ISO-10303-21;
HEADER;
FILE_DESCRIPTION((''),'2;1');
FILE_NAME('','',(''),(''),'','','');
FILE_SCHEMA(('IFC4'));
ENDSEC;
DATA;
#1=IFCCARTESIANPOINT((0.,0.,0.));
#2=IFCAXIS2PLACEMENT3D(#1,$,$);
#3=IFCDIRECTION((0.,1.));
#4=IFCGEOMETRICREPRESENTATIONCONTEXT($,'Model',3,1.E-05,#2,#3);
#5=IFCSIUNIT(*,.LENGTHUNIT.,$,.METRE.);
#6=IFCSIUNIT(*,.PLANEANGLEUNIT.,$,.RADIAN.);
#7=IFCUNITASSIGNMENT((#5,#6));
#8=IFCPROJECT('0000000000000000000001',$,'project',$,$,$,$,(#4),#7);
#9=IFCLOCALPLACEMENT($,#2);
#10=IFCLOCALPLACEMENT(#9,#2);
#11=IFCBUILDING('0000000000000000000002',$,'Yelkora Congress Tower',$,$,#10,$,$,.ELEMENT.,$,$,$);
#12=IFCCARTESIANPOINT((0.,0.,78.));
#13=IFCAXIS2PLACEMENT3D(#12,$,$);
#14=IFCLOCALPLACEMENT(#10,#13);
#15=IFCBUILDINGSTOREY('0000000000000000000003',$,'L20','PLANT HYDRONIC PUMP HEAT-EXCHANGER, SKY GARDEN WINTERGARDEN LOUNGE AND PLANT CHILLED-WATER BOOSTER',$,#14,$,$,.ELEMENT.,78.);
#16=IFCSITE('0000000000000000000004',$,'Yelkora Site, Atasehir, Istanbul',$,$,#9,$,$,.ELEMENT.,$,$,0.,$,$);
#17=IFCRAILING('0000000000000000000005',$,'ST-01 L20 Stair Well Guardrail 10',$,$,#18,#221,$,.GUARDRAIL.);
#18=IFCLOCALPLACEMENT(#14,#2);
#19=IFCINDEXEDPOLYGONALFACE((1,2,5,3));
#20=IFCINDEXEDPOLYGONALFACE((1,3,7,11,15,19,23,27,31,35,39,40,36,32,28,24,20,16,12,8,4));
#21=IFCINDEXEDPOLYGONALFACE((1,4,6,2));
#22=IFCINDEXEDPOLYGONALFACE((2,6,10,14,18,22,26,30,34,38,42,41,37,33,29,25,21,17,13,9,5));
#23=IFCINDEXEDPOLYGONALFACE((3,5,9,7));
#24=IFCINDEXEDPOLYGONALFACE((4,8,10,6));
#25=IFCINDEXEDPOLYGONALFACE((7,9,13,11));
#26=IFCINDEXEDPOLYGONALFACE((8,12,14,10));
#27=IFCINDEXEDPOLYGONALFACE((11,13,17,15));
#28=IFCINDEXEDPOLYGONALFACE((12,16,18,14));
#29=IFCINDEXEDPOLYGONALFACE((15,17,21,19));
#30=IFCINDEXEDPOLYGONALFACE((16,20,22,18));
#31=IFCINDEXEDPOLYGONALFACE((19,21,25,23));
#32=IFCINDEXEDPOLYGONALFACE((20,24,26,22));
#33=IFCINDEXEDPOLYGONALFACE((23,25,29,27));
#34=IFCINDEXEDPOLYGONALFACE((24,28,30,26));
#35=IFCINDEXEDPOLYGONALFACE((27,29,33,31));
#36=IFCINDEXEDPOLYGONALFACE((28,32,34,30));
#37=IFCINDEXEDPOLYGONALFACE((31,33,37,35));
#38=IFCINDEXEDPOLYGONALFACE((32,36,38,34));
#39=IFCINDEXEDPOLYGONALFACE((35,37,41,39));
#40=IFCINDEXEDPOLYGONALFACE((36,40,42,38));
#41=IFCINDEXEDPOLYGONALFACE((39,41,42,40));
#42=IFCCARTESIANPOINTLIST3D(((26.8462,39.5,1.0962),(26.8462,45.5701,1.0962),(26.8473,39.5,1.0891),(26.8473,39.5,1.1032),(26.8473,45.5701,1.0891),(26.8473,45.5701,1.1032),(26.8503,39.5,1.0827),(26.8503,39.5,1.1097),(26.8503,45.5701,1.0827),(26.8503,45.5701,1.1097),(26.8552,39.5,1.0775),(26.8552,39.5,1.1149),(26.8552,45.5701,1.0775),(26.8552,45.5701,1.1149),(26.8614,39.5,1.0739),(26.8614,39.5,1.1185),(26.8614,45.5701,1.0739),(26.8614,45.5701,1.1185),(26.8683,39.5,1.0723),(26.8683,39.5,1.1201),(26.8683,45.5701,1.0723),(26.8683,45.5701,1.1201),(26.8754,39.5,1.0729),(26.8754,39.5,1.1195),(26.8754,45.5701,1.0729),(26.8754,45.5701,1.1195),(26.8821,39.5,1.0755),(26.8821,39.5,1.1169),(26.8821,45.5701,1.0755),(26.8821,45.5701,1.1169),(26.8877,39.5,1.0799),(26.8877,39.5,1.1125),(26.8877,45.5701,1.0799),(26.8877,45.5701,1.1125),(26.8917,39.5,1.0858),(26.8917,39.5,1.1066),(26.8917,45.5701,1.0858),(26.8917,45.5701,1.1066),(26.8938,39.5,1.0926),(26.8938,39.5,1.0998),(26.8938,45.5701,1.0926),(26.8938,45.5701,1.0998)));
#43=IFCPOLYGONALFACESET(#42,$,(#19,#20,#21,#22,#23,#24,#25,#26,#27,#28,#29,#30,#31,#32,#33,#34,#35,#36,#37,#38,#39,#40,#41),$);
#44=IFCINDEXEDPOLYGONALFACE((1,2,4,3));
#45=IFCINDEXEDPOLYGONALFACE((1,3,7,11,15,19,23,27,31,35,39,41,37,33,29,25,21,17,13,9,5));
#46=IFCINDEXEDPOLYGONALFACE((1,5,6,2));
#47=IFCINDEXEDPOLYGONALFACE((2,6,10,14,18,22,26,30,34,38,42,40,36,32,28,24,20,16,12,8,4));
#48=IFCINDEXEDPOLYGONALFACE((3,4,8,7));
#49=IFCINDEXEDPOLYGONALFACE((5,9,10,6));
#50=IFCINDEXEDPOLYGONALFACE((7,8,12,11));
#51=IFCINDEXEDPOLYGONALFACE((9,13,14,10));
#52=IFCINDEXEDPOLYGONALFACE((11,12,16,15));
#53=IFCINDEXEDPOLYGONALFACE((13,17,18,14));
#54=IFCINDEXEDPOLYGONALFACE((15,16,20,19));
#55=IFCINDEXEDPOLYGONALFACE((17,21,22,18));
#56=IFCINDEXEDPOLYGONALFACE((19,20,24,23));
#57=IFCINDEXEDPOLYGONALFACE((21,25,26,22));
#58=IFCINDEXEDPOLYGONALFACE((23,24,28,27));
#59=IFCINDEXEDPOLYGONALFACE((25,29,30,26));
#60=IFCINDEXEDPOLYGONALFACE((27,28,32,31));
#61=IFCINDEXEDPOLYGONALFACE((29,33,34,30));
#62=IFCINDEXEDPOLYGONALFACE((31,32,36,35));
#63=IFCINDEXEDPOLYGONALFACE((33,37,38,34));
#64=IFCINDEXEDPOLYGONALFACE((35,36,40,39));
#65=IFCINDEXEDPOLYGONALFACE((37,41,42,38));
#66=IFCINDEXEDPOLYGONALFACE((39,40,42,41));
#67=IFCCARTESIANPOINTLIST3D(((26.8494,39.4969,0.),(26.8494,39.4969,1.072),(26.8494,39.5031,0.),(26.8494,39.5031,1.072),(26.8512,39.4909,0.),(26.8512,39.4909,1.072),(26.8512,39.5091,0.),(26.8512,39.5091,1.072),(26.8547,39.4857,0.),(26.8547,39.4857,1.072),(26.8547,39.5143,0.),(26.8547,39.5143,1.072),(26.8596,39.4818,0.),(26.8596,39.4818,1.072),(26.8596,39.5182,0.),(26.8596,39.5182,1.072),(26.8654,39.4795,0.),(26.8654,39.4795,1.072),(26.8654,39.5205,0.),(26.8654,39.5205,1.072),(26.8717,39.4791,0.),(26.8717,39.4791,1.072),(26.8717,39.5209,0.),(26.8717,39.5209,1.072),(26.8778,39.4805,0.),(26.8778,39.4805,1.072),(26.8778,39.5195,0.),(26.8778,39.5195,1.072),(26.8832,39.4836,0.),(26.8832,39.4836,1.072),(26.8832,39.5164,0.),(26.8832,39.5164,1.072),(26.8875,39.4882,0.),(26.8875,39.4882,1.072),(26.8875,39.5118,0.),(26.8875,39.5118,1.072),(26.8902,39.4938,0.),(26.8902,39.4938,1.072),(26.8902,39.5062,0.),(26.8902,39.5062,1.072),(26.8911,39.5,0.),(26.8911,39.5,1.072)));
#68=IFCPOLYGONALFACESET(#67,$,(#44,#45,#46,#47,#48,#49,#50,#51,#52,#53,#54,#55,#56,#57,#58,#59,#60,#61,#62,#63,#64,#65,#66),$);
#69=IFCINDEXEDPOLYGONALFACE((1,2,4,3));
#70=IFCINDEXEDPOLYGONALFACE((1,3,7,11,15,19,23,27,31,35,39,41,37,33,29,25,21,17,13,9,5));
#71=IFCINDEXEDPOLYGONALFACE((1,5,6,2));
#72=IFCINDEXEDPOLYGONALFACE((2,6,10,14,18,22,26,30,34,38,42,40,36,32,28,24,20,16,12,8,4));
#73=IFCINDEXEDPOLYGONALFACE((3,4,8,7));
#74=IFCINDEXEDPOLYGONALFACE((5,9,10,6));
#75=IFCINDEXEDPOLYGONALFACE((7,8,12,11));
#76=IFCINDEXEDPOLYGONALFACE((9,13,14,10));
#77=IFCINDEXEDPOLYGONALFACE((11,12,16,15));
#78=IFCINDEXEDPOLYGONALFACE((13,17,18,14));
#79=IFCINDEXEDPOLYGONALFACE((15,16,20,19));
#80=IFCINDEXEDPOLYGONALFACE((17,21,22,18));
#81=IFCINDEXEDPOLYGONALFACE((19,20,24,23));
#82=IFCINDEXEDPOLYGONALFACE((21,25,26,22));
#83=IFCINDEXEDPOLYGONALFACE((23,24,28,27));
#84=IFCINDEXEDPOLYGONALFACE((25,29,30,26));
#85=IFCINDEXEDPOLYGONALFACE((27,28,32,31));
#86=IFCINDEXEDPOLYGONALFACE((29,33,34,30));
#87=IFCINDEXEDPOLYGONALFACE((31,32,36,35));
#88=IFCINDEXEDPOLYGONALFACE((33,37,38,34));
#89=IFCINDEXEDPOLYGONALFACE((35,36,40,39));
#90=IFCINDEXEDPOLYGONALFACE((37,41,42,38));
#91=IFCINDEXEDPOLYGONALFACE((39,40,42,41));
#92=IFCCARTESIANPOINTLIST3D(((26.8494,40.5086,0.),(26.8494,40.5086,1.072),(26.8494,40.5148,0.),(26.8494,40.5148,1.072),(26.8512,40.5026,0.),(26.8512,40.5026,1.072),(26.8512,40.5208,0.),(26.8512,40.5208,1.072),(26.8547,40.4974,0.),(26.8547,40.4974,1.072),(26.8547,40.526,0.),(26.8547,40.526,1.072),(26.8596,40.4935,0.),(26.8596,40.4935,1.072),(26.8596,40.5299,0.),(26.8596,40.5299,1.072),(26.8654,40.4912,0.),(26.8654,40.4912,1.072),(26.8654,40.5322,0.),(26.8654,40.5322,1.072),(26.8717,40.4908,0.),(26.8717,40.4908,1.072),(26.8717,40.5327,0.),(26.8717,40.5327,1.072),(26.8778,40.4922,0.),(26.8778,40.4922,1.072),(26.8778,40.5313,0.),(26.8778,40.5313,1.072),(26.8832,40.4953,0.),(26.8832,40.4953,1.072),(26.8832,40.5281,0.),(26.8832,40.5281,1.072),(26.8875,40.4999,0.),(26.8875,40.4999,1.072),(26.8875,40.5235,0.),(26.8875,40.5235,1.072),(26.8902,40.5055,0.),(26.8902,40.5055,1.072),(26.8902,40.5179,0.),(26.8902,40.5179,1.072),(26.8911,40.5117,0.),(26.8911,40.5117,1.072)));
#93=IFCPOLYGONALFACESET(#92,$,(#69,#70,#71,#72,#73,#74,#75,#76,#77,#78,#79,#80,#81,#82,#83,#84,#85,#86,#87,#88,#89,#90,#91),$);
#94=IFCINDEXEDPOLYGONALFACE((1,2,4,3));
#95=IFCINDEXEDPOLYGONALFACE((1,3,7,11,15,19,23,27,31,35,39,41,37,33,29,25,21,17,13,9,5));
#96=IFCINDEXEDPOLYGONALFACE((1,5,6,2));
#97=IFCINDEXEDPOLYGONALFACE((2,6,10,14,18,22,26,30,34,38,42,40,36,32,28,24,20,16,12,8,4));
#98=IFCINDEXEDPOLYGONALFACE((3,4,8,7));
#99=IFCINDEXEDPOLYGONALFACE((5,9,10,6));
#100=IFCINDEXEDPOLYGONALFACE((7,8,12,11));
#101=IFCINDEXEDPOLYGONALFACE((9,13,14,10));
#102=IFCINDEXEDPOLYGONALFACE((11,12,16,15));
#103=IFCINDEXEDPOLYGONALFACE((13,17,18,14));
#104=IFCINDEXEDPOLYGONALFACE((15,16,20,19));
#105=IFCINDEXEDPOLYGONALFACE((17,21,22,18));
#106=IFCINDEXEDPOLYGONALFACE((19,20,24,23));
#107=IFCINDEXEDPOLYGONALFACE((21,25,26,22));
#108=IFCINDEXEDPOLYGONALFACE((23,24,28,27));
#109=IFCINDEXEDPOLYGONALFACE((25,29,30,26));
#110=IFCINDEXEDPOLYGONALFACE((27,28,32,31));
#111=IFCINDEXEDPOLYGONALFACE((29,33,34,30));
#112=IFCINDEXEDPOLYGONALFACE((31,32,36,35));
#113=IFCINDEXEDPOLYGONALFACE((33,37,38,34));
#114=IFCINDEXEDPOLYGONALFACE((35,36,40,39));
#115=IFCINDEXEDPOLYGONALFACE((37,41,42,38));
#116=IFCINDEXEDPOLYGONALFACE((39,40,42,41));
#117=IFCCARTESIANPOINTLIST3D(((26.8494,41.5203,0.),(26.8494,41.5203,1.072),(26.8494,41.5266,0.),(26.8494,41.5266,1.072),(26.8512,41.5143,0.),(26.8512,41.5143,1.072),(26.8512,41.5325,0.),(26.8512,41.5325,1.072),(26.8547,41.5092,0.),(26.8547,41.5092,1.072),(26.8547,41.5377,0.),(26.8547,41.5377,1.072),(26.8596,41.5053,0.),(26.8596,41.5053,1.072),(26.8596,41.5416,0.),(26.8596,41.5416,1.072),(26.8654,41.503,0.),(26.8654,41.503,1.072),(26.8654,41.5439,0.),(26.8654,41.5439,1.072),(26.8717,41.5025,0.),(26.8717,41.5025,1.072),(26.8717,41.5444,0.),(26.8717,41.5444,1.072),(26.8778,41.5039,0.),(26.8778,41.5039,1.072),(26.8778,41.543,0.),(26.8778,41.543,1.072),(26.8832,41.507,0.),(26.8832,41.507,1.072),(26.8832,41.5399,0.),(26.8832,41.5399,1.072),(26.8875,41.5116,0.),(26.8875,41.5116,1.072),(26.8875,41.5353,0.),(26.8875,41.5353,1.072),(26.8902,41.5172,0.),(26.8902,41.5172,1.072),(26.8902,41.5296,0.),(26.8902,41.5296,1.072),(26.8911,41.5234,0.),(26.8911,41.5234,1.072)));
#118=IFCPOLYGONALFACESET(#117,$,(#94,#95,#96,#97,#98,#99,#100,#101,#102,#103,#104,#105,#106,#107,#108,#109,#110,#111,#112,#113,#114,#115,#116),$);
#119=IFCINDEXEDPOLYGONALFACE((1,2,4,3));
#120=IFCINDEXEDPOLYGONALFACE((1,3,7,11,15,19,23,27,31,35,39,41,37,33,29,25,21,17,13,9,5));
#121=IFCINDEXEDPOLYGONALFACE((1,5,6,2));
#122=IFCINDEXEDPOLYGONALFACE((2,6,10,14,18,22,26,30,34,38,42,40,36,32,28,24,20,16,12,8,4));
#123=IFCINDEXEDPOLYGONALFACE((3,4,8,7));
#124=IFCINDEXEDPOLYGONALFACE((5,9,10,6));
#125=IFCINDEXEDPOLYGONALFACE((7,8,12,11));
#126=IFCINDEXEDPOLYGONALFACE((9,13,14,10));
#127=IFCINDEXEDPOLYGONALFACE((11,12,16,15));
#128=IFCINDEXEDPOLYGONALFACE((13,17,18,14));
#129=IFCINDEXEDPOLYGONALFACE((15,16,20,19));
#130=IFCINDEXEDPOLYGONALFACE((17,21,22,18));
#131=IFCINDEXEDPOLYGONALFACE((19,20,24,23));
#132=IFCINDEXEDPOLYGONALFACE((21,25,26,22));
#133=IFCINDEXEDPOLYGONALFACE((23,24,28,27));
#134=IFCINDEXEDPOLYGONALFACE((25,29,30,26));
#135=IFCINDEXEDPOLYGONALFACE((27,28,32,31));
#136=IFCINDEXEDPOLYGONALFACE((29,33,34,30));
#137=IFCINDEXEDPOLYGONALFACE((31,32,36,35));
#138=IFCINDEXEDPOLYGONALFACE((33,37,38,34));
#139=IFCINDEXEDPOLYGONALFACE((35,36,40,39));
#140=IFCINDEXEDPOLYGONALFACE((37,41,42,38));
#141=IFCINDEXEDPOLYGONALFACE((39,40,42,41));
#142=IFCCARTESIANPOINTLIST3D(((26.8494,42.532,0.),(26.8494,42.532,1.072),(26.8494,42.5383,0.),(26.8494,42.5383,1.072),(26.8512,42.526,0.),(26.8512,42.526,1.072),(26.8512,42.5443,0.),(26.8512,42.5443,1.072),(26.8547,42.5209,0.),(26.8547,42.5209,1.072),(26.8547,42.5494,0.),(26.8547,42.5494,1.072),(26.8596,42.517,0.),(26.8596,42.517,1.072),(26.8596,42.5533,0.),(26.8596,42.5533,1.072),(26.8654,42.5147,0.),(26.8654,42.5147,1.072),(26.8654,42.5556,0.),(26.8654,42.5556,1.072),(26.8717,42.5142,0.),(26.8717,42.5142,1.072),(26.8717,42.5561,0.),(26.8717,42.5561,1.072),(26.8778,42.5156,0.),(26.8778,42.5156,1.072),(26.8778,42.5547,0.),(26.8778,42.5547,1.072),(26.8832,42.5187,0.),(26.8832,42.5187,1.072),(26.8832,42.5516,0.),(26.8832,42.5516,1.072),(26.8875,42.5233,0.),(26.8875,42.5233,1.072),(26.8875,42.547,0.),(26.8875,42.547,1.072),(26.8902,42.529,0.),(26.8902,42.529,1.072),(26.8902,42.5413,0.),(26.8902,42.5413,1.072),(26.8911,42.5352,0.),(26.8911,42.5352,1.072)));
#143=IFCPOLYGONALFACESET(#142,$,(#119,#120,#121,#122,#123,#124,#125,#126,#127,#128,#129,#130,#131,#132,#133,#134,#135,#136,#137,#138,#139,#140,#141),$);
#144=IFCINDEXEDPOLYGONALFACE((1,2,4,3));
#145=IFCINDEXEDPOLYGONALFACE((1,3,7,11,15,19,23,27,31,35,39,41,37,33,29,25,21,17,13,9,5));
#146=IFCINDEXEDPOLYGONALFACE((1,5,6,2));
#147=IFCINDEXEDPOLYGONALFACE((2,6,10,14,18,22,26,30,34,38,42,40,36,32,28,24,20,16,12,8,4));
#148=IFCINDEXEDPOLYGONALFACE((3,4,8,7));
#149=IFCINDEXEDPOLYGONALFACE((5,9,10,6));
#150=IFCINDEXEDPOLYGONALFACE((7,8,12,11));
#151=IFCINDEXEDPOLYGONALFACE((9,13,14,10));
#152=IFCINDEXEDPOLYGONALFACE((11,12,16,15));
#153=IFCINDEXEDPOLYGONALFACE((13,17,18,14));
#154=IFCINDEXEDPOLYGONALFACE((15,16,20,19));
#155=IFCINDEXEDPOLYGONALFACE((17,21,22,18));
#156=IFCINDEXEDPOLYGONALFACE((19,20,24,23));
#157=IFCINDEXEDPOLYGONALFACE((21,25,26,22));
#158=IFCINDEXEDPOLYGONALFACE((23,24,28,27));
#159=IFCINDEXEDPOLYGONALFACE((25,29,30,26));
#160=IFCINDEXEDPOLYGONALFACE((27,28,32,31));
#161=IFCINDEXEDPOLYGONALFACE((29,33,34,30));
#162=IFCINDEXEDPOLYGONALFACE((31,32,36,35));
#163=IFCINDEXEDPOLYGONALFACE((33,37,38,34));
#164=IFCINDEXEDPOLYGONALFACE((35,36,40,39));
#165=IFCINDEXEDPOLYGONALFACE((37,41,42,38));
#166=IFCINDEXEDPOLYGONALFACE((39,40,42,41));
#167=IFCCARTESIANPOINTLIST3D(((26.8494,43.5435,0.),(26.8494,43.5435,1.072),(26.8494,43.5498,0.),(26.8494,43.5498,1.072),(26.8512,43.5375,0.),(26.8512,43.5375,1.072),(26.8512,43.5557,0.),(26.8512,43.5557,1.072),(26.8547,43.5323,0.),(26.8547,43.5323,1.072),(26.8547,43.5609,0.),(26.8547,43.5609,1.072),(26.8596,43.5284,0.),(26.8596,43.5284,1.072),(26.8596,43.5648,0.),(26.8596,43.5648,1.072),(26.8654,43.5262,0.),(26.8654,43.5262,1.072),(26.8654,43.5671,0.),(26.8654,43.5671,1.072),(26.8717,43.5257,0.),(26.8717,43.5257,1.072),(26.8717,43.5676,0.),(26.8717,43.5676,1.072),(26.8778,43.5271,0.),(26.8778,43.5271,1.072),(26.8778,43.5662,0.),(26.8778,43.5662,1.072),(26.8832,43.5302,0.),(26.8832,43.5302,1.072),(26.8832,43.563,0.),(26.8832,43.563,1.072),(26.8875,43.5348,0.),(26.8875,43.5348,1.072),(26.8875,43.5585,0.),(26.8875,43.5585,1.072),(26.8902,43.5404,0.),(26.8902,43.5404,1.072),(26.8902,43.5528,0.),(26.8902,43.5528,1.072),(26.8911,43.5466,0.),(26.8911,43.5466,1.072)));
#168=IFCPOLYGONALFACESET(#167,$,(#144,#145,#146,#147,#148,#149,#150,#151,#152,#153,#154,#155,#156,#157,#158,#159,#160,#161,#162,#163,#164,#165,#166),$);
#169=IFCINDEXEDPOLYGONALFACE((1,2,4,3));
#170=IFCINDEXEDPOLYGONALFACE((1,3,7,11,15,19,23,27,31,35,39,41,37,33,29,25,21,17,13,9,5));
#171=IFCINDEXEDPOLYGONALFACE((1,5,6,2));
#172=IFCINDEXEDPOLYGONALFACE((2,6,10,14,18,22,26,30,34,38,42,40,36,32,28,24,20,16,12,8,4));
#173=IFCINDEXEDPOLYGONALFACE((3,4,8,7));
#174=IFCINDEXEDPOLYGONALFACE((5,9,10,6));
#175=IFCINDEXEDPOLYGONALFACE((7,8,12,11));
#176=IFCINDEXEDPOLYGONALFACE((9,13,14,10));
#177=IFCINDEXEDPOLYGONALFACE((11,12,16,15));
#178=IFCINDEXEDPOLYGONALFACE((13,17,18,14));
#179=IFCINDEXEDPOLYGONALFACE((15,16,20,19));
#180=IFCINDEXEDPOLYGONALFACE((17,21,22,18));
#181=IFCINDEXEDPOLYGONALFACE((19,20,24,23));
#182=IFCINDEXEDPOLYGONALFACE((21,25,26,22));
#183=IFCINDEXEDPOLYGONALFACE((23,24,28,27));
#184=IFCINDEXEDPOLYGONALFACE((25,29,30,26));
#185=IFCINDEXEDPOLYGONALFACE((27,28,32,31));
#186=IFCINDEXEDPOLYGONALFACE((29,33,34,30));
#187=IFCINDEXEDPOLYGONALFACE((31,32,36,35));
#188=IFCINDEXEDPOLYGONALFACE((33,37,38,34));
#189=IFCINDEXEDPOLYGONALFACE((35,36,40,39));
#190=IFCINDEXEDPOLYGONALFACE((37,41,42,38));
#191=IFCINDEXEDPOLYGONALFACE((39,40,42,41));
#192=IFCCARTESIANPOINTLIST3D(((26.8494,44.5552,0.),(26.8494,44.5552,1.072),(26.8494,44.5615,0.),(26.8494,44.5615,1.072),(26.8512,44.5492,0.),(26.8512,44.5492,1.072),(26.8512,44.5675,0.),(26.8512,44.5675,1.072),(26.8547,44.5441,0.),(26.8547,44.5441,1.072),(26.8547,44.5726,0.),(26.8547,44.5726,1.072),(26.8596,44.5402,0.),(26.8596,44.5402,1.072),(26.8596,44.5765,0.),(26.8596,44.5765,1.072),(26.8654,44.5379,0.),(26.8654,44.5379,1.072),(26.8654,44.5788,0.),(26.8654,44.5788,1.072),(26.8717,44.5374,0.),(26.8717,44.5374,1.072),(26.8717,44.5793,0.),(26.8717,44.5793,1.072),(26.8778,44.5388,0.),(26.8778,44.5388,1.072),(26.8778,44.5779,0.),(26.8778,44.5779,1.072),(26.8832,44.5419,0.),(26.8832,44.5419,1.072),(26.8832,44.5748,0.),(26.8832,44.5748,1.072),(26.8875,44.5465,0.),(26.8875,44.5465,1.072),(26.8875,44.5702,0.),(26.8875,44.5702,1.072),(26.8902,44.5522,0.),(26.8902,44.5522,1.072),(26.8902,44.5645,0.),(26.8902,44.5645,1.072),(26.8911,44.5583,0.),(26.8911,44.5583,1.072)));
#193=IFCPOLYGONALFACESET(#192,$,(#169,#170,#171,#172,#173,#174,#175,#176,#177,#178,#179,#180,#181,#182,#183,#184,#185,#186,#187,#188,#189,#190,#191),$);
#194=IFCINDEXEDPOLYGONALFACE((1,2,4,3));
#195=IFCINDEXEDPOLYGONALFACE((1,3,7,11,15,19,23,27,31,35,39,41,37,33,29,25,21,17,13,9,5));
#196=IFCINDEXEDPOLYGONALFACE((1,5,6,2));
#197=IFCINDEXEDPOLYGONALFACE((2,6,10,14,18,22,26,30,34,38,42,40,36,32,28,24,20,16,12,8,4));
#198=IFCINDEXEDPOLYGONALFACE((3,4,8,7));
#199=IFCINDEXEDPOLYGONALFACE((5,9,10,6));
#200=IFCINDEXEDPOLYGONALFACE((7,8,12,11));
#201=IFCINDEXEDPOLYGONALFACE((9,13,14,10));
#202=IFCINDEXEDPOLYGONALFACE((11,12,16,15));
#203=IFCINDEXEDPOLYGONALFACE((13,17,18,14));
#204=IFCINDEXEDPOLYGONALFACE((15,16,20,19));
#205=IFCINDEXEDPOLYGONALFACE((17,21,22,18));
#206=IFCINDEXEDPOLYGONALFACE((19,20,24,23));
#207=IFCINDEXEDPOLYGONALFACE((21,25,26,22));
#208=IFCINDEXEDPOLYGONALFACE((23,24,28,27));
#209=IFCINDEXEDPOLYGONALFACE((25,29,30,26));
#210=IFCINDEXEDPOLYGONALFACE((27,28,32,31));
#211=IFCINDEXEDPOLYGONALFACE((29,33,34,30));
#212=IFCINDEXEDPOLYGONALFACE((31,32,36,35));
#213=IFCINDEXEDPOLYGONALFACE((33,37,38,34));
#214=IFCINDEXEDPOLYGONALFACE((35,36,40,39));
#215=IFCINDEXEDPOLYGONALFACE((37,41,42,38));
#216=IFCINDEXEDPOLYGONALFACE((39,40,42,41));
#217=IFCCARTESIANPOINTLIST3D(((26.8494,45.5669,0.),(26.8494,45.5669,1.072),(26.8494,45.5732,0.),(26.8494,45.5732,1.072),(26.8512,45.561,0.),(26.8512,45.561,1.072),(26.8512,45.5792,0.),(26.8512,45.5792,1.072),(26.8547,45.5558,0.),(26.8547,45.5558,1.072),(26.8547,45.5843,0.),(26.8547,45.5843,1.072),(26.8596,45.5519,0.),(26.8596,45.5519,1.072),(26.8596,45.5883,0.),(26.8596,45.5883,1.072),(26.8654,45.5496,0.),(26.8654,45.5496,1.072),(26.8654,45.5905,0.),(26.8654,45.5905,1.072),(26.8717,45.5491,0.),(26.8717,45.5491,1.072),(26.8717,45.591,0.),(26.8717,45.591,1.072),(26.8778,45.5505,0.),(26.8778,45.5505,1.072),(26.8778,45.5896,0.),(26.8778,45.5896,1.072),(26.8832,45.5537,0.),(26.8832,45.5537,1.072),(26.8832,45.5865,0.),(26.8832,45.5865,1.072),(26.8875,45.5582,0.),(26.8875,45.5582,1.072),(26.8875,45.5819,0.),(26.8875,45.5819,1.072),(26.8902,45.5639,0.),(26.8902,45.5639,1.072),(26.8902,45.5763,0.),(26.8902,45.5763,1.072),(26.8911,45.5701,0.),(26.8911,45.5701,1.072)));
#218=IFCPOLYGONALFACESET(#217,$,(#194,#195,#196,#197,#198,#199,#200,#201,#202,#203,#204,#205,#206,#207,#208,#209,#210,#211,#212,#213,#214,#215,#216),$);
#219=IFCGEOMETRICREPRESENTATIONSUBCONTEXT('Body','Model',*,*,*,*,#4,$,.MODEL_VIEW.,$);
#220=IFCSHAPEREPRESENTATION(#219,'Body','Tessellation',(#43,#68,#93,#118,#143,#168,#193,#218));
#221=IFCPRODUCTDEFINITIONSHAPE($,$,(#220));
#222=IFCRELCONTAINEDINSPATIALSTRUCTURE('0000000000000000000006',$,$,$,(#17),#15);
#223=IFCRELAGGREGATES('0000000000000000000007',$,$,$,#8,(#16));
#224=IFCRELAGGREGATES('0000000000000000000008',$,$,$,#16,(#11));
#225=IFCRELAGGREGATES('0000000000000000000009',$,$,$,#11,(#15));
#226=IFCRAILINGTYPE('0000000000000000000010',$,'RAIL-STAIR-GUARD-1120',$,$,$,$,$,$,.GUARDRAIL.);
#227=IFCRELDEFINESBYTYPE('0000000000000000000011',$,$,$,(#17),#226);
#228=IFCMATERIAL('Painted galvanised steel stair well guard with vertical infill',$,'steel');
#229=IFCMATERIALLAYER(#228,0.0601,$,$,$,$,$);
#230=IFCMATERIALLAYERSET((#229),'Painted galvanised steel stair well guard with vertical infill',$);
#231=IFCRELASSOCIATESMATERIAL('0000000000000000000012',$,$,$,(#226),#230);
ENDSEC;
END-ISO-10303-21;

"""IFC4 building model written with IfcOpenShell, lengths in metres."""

from ifc_helpers import new_model, si_unit, direction, frame, origin, origin_2d, place, context, subcontext, project, spatial, circle, extrude, material, layer, layer_set, type_object, element, save


model = new_model("IFC4")

# Units and contexts
model_context = context("Model", 3, precision=1e-05, world=origin(), true_north=direction((0.0, 1.0)))
body_context = subcontext(model_context, "Body", "Model", "MODEL_VIEW")
ifc_project = project(units=[si_unit("LENGTHUNIT", "METRE"), si_unit("PLANEANGLEUNIT", "RADIAN")], contexts=[model_context])

# Site, building, storey
site_placement = place(None, origin())
site = spatial("IfcSite", under=ifc_project, at=site_placement, Name="Yelkora Site, Atasehir, Istanbul", CompositionType="ELEMENT", RefElevation=0.0)
building_placement = place(site_placement, origin())
building = spatial("IfcBuilding", under=site, at=building_placement, Name="Yelkora Congress Tower", CompositionType="ELEMENT")
storey_placement = place(building_placement, frame((0.0, 0.0, 78.0)))
storey = spatial("IfcBuildingStorey", under=building, at=storey_placement, Name="L20", Description="PLANT HYDRONIC PUMP HEAT-EXCHANGER, SKY GARDEN WINTERGARDEN LOUNGE AND PLANT CHILLED-WATER BOOSTER", CompositionType="ELEMENT", Elevation=78.0)

# Railing
ifc_material_1 = material(Name="Painted galvanised steel stair well guard with vertical infill", Category="steel")
ifc_layer_1 = layer(ifc_material_1, 0.0601)
ifc_layer_set_1 = layer_set([ifc_layer_1], Name="Painted galvanised steel stair well guard with vertical infill")
railing_type_1 = type_object("IfcRailingType", Name="RAIL-STAIR-GUARD-1120", PredefinedType="GUARDRAIL", material=ifc_layer_set_1)
railing_1_placement = place(storey_placement, frame((26.8701, 39.5, 0.0)))
element("IfcRailing", 1, at=railing_1_placement, inside=storey, type_object=railing_type_1, Name="ST-01 L20 Stair Well Guardrail 10", PredefinedType="GUARDRAIL", context=body_context, shape_type="SweptSolid", body=[
    extrude(circle(Radius=0.0239, at=origin_2d()), frame((0.0, 0.0, 1.0962), z_axis=(0.0, 1.0, 0.0), x_axis=(-1.0, 0.0, 0.0)), (0.0, 0.0, 1.0), 6.0701),
    extrude(circle(Radius=0.021, at=origin_2d()), origin(), (0.0, 0.0, 1.0), 1.072),
    extrude(circle(Radius=0.021, at=origin_2d()), frame((0.0, 1.0117, 0.0)), (0.0, 0.0, 1.0), 1.072),
    extrude(circle(Radius=0.021, at=origin_2d()), frame((0.0, 2.0234, 0.0)), (0.0, 0.0, 1.0), 1.072),
    extrude(circle(Radius=0.021, at=origin_2d()), frame((0.0, 3.0352, 0.0)), (0.0, 0.0, 1.0), 1.072),
    extrude(circle(Radius=0.021, at=origin_2d()), frame((0.0, 4.0466, 0.0)), (0.0, 0.0, 1.0), 1.072),
    extrude(circle(Radius=0.021, at=origin_2d()), frame((0.0, 5.0583, 0.0)), (0.0, 0.0, 1.0), 1.072),
    extrude(circle(Radius=0.021, at=origin_2d()), frame((0.0, 6.0701, 0.0)), (0.0, 0.0, 1.0), 1.072),
])

save(model, "model.ifc")
